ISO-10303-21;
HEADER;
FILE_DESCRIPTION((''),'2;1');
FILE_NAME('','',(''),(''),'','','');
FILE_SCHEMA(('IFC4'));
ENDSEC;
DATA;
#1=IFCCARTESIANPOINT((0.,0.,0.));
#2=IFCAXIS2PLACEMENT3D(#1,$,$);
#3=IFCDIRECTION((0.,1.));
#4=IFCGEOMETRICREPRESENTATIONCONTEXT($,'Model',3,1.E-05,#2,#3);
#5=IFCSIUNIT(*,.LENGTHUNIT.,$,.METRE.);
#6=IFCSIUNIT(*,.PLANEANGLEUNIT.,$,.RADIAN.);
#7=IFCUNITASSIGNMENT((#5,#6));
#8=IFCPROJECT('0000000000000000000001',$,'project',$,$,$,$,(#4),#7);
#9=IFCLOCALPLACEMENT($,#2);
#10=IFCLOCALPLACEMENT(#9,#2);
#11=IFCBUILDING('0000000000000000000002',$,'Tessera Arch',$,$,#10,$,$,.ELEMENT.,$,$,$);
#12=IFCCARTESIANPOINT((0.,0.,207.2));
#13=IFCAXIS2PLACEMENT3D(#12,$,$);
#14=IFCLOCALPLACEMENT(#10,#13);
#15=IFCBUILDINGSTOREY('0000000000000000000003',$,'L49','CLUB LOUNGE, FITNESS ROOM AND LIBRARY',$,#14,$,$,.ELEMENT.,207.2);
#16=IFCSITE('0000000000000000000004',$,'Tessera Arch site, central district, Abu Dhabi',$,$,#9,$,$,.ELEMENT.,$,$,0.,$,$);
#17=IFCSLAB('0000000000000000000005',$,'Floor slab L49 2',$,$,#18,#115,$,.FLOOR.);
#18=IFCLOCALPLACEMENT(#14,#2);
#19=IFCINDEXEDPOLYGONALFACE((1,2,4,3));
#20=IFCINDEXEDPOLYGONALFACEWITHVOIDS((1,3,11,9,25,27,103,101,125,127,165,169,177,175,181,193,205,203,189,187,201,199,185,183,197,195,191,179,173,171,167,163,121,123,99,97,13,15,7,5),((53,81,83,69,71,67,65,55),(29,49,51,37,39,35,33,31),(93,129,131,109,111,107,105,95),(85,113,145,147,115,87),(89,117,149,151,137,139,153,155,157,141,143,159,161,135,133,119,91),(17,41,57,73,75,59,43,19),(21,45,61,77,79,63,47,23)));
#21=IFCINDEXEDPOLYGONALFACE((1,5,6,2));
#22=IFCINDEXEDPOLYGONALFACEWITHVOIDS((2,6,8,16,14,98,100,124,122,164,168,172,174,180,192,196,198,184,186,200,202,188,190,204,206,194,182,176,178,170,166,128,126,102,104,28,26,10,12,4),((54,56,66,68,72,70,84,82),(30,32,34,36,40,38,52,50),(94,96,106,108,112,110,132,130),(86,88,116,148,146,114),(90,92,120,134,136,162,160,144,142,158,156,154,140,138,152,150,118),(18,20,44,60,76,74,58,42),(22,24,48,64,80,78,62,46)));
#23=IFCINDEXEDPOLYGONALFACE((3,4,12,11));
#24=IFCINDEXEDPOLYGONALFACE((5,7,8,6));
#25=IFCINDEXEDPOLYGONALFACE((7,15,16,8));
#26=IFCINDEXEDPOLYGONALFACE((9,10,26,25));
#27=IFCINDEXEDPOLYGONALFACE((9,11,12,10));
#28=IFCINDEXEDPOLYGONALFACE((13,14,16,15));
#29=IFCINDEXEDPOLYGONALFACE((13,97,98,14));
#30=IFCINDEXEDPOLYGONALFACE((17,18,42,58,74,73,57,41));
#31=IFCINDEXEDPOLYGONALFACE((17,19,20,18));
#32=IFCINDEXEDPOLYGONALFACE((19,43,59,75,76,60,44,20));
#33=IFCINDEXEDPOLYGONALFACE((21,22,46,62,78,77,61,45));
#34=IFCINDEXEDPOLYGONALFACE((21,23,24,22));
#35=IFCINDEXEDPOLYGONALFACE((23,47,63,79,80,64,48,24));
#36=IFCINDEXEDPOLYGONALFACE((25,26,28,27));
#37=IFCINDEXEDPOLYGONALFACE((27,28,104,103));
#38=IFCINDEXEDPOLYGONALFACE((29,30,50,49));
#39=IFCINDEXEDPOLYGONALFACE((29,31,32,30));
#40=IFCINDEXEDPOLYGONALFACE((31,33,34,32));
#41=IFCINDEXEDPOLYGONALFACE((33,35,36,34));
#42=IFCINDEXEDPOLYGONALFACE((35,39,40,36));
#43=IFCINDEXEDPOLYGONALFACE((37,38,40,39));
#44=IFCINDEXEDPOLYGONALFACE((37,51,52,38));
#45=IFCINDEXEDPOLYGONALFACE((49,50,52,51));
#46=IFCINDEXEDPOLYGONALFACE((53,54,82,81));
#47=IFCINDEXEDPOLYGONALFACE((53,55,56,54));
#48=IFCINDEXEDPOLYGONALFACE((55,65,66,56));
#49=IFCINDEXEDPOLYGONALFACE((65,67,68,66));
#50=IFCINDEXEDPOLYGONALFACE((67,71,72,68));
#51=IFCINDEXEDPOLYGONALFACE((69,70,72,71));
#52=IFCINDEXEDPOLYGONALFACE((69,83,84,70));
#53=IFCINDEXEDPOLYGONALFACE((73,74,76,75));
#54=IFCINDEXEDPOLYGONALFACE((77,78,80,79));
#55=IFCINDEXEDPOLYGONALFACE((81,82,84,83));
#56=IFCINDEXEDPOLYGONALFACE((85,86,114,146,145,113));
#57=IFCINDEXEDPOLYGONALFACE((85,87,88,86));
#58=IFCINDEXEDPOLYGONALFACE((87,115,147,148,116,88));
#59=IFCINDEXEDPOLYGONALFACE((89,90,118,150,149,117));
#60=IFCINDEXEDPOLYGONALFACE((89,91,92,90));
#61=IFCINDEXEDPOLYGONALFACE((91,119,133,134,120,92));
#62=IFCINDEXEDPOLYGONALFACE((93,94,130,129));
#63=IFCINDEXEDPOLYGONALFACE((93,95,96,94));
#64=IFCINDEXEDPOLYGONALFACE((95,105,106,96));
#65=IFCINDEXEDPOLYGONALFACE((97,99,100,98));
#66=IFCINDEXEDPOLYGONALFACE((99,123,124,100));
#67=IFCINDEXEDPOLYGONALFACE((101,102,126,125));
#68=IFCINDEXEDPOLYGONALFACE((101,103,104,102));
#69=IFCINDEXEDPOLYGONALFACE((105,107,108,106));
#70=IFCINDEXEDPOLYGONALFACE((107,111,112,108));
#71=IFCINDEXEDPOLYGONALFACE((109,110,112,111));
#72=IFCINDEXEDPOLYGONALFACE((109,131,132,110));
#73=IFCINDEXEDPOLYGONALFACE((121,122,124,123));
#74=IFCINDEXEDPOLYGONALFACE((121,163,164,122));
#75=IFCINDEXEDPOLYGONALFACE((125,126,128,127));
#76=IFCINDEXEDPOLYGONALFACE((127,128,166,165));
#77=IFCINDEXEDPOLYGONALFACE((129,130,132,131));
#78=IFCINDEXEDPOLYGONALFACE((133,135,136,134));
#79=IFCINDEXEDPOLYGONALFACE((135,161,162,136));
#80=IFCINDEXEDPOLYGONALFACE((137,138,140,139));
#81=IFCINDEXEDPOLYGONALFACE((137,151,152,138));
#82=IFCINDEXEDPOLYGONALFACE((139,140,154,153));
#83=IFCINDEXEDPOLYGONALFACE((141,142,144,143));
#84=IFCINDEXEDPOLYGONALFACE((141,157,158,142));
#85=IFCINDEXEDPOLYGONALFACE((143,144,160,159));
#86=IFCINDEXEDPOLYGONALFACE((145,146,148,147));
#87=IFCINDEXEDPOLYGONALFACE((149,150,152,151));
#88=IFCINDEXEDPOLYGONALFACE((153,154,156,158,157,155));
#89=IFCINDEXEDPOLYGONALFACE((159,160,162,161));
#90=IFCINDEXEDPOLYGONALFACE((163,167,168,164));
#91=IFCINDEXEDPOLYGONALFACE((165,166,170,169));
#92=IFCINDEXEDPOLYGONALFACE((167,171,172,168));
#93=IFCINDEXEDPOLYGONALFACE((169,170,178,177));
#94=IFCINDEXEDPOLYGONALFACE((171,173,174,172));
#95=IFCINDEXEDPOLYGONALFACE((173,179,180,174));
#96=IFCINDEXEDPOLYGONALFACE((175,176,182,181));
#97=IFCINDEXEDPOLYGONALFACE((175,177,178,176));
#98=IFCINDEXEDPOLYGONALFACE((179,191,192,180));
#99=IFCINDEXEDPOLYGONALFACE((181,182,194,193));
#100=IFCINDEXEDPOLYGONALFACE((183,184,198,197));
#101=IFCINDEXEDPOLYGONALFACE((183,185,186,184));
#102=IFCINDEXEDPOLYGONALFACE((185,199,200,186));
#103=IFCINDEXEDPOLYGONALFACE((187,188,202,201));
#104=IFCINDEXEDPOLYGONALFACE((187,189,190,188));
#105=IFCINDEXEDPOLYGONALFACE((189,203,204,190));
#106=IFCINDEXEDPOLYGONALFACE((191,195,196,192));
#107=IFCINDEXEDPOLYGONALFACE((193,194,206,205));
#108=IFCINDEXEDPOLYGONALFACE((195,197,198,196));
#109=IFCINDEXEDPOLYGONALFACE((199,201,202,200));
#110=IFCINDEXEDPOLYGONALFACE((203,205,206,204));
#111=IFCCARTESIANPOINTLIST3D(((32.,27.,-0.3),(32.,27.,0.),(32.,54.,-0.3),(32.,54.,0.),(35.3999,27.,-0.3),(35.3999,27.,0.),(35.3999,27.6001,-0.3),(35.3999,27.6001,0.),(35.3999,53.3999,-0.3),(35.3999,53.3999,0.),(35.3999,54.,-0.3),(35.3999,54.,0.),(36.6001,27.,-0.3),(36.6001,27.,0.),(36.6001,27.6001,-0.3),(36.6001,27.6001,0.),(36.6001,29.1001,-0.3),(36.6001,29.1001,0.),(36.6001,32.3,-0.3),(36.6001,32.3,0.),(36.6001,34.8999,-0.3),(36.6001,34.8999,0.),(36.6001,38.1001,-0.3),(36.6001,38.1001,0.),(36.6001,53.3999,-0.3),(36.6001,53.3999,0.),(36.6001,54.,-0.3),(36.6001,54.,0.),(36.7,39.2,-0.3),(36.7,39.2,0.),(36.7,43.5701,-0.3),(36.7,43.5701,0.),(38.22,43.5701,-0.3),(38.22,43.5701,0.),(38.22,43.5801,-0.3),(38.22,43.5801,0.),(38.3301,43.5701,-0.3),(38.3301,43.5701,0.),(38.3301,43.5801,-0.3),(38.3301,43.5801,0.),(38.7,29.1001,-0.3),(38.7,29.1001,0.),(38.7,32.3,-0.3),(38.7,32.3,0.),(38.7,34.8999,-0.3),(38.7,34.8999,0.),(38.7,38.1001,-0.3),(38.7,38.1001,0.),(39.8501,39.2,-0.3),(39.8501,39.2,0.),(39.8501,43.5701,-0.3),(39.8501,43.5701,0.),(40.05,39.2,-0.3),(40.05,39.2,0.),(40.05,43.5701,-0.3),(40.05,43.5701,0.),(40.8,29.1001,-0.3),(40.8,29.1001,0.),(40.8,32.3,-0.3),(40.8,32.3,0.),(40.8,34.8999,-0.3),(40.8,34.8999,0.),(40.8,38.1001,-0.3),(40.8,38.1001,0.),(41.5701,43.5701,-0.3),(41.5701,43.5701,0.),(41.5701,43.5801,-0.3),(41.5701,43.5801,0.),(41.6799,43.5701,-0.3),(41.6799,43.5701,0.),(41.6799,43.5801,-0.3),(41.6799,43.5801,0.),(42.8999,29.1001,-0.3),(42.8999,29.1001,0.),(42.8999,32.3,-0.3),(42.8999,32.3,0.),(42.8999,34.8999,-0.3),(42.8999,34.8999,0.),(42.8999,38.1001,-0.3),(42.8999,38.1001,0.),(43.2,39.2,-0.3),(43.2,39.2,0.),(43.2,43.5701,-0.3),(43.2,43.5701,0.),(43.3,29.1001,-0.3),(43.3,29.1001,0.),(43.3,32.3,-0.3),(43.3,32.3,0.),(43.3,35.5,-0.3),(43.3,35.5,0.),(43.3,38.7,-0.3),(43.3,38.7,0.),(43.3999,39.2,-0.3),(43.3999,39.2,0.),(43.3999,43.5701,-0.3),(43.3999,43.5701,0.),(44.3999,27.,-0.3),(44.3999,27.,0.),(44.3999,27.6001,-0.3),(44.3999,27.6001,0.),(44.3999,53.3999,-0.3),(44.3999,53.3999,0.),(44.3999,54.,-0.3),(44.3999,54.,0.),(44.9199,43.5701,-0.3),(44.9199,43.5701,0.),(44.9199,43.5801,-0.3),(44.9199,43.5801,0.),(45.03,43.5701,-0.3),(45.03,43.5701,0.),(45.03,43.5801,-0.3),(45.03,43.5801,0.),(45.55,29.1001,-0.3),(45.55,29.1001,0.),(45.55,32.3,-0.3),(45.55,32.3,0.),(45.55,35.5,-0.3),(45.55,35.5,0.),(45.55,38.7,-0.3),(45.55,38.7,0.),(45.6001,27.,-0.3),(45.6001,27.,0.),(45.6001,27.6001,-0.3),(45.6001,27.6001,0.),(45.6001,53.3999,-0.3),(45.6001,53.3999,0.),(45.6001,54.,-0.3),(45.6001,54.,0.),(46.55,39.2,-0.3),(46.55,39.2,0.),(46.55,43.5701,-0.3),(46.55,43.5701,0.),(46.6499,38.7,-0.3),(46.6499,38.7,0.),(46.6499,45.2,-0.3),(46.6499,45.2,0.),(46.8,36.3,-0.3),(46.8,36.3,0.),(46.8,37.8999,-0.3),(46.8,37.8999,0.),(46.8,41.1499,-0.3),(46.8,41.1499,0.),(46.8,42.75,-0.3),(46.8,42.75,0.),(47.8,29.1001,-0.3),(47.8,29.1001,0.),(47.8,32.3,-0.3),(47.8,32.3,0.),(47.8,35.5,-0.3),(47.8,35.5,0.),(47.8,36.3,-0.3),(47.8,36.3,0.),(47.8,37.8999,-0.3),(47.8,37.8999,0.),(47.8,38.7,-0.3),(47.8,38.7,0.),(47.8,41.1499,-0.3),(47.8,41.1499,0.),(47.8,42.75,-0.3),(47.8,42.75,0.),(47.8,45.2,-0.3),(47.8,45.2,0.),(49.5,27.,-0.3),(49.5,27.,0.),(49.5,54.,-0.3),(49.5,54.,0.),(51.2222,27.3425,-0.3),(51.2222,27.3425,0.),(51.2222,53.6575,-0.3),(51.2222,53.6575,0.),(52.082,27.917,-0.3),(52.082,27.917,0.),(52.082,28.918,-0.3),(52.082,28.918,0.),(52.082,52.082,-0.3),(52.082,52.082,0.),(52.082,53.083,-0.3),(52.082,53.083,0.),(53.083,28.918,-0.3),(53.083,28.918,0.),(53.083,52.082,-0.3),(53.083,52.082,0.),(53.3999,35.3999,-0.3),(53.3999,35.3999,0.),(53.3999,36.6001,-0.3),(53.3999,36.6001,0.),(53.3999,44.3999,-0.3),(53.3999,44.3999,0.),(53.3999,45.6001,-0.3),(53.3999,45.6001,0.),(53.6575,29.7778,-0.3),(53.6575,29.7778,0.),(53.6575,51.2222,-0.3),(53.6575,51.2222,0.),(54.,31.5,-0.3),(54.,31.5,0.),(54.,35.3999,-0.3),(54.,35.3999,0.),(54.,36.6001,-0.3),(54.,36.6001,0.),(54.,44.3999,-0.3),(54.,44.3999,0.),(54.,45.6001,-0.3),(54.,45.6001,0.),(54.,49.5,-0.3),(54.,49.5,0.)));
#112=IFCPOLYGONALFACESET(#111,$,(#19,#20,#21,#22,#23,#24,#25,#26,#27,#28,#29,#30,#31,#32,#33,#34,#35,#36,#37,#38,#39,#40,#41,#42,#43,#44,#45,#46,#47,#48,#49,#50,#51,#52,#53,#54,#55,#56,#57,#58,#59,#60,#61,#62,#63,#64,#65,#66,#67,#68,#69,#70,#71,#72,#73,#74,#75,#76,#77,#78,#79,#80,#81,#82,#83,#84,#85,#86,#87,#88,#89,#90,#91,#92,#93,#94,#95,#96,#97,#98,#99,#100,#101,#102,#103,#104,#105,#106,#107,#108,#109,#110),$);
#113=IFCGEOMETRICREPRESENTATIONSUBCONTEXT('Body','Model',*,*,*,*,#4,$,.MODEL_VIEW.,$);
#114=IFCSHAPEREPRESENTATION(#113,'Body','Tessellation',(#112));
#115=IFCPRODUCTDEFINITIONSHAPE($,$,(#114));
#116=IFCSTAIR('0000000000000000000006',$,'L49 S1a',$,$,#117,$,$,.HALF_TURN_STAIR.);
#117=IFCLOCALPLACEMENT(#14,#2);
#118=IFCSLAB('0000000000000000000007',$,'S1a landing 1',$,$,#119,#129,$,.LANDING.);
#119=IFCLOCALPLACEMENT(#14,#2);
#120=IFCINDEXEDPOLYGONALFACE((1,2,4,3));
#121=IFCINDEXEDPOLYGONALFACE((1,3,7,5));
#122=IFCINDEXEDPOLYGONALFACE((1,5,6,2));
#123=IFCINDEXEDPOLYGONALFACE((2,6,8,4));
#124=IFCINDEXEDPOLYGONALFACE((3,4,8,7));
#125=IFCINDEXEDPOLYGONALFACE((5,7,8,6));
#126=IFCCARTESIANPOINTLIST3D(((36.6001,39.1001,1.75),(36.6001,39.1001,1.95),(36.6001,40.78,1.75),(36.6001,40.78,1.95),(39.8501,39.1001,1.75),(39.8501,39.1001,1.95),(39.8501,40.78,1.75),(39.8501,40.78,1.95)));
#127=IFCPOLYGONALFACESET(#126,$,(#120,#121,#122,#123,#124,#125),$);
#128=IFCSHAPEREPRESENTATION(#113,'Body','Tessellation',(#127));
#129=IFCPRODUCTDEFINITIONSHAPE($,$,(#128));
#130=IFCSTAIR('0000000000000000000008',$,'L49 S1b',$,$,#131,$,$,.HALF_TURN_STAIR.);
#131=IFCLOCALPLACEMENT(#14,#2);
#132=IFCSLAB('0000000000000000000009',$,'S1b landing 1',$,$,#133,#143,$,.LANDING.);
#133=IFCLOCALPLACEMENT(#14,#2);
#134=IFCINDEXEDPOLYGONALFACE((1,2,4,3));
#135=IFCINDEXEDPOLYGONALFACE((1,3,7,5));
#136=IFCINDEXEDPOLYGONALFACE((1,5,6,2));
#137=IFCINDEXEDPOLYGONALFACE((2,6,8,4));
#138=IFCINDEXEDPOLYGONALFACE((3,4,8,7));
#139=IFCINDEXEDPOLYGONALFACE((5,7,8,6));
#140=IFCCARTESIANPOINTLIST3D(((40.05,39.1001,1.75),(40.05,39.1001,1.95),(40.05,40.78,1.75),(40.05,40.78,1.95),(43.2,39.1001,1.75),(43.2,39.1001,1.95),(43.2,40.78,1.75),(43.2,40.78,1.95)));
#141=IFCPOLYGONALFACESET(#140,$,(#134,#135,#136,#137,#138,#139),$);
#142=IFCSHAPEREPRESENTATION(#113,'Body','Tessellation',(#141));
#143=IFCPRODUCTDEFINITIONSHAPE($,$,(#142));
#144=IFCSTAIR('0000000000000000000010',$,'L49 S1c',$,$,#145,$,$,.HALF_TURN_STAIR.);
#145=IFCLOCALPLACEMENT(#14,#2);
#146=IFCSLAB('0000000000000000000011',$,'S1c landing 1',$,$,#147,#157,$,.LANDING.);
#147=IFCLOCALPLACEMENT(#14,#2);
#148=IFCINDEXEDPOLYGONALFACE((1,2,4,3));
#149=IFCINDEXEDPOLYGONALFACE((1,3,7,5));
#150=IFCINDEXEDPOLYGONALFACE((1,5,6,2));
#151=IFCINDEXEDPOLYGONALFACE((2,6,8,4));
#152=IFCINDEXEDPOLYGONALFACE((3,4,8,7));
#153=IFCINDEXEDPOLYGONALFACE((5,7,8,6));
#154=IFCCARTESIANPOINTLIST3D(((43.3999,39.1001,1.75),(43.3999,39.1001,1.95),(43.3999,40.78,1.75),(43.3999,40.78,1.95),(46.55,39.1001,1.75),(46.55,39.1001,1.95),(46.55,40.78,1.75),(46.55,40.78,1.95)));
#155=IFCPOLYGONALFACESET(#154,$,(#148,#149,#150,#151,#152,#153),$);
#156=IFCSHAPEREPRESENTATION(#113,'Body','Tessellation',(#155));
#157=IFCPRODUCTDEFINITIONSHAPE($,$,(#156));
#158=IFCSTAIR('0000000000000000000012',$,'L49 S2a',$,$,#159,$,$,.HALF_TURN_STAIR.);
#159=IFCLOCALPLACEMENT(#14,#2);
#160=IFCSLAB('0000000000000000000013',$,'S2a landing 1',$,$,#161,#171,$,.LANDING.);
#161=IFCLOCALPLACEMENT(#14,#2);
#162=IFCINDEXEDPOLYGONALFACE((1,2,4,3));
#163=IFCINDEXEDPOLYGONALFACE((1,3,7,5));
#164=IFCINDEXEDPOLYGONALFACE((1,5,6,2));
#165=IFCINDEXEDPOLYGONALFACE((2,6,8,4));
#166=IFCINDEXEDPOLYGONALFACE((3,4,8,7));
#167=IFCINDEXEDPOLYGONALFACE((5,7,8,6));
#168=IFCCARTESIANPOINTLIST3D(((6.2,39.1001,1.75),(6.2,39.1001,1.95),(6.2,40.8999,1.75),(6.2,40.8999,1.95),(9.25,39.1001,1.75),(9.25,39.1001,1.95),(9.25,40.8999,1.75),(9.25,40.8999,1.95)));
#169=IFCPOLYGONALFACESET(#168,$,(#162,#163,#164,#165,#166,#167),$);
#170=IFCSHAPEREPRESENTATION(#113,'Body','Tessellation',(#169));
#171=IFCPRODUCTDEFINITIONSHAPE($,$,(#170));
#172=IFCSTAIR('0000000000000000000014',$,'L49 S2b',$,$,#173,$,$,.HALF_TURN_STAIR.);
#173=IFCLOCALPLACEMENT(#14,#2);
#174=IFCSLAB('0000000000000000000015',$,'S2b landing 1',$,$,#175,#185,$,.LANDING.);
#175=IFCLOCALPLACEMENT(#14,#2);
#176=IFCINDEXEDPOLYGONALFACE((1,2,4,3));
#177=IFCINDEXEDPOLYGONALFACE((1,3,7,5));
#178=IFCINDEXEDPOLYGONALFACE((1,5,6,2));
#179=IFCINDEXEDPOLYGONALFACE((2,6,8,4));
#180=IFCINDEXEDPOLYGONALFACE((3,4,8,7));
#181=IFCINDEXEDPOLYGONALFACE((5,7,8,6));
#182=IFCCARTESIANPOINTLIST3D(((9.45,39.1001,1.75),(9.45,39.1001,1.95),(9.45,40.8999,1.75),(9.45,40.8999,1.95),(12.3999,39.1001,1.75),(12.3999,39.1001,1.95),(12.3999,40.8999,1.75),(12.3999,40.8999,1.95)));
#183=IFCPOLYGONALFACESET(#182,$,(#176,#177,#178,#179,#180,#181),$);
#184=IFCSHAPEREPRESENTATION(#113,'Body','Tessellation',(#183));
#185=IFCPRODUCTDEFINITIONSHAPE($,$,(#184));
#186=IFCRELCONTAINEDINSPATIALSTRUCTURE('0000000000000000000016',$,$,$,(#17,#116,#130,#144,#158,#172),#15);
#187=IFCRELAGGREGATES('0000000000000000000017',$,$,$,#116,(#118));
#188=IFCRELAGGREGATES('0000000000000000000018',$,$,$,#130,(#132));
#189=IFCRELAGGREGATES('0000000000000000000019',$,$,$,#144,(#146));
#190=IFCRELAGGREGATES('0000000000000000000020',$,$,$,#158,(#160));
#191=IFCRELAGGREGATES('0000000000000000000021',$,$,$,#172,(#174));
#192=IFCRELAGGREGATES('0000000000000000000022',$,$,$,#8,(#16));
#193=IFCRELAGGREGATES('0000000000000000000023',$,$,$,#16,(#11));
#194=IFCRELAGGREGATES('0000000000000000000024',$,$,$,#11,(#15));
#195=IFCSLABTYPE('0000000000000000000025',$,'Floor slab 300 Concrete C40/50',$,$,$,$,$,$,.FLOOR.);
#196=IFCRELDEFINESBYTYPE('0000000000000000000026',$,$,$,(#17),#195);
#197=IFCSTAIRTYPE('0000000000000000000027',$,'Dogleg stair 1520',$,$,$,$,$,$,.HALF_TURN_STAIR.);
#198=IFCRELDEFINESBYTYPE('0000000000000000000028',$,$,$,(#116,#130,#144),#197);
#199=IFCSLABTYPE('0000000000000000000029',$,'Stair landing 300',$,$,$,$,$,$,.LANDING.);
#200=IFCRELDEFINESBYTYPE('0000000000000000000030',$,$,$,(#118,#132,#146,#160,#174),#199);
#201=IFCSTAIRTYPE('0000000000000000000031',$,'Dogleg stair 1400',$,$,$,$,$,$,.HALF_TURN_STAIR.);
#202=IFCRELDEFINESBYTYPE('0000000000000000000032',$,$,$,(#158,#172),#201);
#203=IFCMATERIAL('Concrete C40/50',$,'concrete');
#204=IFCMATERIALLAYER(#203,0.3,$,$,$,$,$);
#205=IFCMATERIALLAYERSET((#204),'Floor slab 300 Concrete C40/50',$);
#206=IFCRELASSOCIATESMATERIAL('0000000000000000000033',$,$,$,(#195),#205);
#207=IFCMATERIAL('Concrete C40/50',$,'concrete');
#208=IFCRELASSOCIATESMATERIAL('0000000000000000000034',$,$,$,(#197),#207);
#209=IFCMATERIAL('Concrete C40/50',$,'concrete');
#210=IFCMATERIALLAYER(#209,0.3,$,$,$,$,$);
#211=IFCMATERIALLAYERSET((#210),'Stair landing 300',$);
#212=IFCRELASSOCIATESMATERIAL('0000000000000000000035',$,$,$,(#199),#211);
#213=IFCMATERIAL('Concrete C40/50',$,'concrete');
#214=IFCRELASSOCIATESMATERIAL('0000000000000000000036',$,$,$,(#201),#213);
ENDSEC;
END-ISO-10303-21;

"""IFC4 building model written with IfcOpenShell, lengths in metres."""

from ifc_helpers import new_model, si_unit, direction, frame, origin, place, context, subcontext, project, spatial, polyline, outline, extrude, material, layer, layer_set, type_object, element, aggregate, save


model = new_model("IFC4")

# Units and contexts
model_context = context("Model", 3, precision=1e-05, world=origin(), true_north=direction((0.0, 1.0)))
body_context = subcontext(model_context, "Body", "Model", "MODEL_VIEW")
ifc_project = project(units=[si_unit("LENGTHUNIT", "METRE"), si_unit("PLANEANGLEUNIT", "RADIAN")], contexts=[model_context])

# Site, building, storey
site_placement = place(None, origin())
site = spatial("IfcSite", under=ifc_project, at=site_placement, Name="Tessera Arch site, central district, Abu Dhabi", CompositionType="ELEMENT", RefElevation=0.0)
building_placement = place(site_placement, origin())
building = spatial("IfcBuilding", under=site, at=building_placement, Name="Tessera Arch", CompositionType="ELEMENT")
storey_placement = place(building_placement, frame((0.0, 0.0, 207.2)))
storey = spatial("IfcBuildingStorey", under=building, at=storey_placement, Name="L49", Description="CLUB LOUNGE, FITNESS ROOM AND LIBRARY", CompositionType="ELEMENT", Elevation=207.2)

# Slab
ifc_material_1 = material(Name="Concrete C40/50", Category="concrete")
ifc_layer_1 = layer(ifc_material_1, 0.3)
ifc_layer_set_1 = layer_set([ifc_layer_1], Name="Floor slab 300 Concrete C40/50")
slab_type_1 = type_object("IfcSlabType", Name="Floor slab 300 Concrete C40/50", PredefinedType="FLOOR", material=ifc_layer_set_1)
slab_1_placement = place(storey_placement, frame((0.0, 0.0, -0.3)))
element("IfcSlab", 1, at=slab_1_placement, inside=storey, type_object=slab_type_1, Name="Floor slab L49 2", PredefinedType="FLOOR", context=body_context, shape_type="SweptSolid", body=[
    extrude(outline(polyline([(51.2222, 53.6575), (52.082, 53.083), (52.082, 52.082), (53.083, 52.082), (53.6575, 51.2222), (54.0, 49.5), (54.0, 45.6001), (53.3999, 45.6001), (53.3999, 44.3999), (54.0, 44.3999), (54.0, 36.6001), (53.3999, 36.6001), (53.3999, 35.3999), (54.0, 35.3999), (54.0, 31.5), (53.6575, 29.7778), (53.083, 28.918), (52.082, 28.918), (52.082, 27.917), (51.2222, 27.3425), (49.5, 27.0), (45.6001, 27.0), (45.6001, 27.6001), (44.3999, 27.6001), (44.3999, 27.0), (36.6001, 27.0), (36.6001, 27.6001), (35.3999, 27.6001), (35.3999, 27.0), (32.0, 27.0), (32.0, 54.0), (35.3999, 54.0), (35.3999, 53.3999), (36.6001, 53.3999), (36.6001, 54.0), (44.3999, 54.0), (44.3999, 53.3999), (45.6001, 53.3999), (45.6001, 54.0), (49.5, 54.0), (51.2222, 53.6575)]), holes=[polyline([(36.6001, 29.1001), (38.7, 29.1001), (40.8, 29.1001), (42.8999, 29.1001), (42.8999, 32.3), (40.8, 32.3), (38.7, 32.3), (36.6001, 32.3), (36.6001, 29.1001)]), polyline([(47.8, 32.3), (45.55, 32.3), (43.3, 32.3), (43.3, 29.1001), (45.55, 29.1001), (47.8, 29.1001), (47.8, 32.3)]), polyline([(42.8999, 34.8999), (42.8999, 38.1001), (40.8, 38.1001), (38.7, 38.1001), (36.6001, 38.1001), (36.6001, 34.8999), (38.7, 34.8999), (40.8, 34.8999), (42.8999, 34.8999)]), polyline([(47.8, 41.1499), (46.8, 41.1499), (46.8, 42.75), (47.8, 42.75), (47.8, 45.2), (46.6499, 45.2), (46.6499, 38.7), (45.55, 38.7), (43.3, 38.7), (43.3, 35.5), (45.55, 35.5), (47.8, 35.5), (47.8, 36.3), (46.8, 36.3), (46.8, 37.8999), (47.8, 37.8999), (47.8, 38.7), (47.8, 41.1499)]), polyline([(36.7, 43.5701), (36.7, 39.2), (39.8501, 39.2), (39.8501, 43.5701), (38.3301, 43.5701), (38.3301, 43.5801), (38.22, 43.5801), (38.22, 43.5701), (36.7, 43.5701)]), polyline([(40.05, 39.2), (43.2, 39.2), (43.2, 43.5701), (41.6799, 43.5701), (41.6799, 43.5801), (41.5701, 43.5801), (41.5701, 43.5701), (40.05, 43.5701), (40.05, 39.2)]), polyline([(43.3999, 43.5701), (43.3999, 39.2), (46.55, 39.2), (46.55, 43.5701), (45.03, 43.5701), (45.03, 43.5801), (44.9199, 43.5801), (44.9199, 43.5701), (43.3999, 43.5701)])]), origin(), (0.0, 0.0, 1.0), 0.3),
])

# Stairs, slabs
ifc_material_2 = material(Name="Concrete C40/50", Category="concrete")
stair_type_1 = type_object("IfcStairType", Name="Dogleg stair 1520", PredefinedType="HALF_TURN_STAIR", material=ifc_material_2)
stair_1_placement = place(storey_placement, origin())
stair_1 = element("IfcStair", 2, at=stair_1_placement, inside=storey, type_object=stair_type_1, Name="L49 S1a", PredefinedType="HALF_TURN_STAIR")
ifc_material_3 = material(Name="Concrete C40/50", Category="concrete")
ifc_layer_2 = layer(ifc_material_3, 0.3)
ifc_layer_set_2 = layer_set([ifc_layer_2], Name="Stair landing 300")
slab_type_2 = type_object("IfcSlabType", Name="Stair landing 300", PredefinedType="LANDING", material=ifc_layer_set_2)
slab_2_placement = place(storey_placement, frame((0.0, 0.0, 1.75)))
slab_2 = element("IfcSlab", 3, at=slab_2_placement, type_object=slab_type_2, Name="S1a landing 1", PredefinedType="LANDING", context=body_context, shape_type="SweptSolid", body=[
    extrude(outline(polyline([(36.6001, 40.78), (36.6001, 39.1001), (39.8501, 39.1001), (39.8501, 40.78), (36.6001, 40.78)])), origin(), (0.0, 0.0, 1.0), 0.2),
])
aggregate(stair_1, [slab_2])
stair_2_placement = place(storey_placement, origin())
stair_2 = element("IfcStair", 4, at=stair_2_placement, inside=storey, type_object=stair_type_1, Name="L49 S1b", PredefinedType="HALF_TURN_STAIR")
slab_3_placement = place(storey_placement, frame((0.0, 0.0, 1.75)))
slab_3 = element("IfcSlab", 5, at=slab_3_placement, type_object=slab_type_2, Name="S1b landing 1", PredefinedType="LANDING", context=body_context, shape_type="SweptSolid", body=[
    extrude(outline(polyline([(40.05, 40.78), (40.05, 39.1001), (43.2, 39.1001), (43.2, 40.78), (40.05, 40.78)])), origin(), (0.0, 0.0, 1.0), 0.2),
])
aggregate(stair_2, [slab_3])
stair_3_placement = place(storey_placement, origin())
stair_3 = element("IfcStair", 6, at=stair_3_placement, inside=storey, type_object=stair_type_1, Name="L49 S1c", PredefinedType="HALF_TURN_STAIR")
slab_4_placement = place(storey_placement, frame((0.0, 0.0, 1.75)))
slab_4 = element("IfcSlab", 7, at=slab_4_placement, type_object=slab_type_2, Name="S1c landing 1", PredefinedType="LANDING", context=body_context, shape_type="SweptSolid", body=[
    extrude(outline(polyline([(43.3999, 40.78), (43.3999, 39.1001), (46.55, 39.1001), (46.55, 40.78), (43.3999, 40.78)])), origin(), (0.0, 0.0, 1.0), 0.2),
])
aggregate(stair_3, [slab_4])
ifc_material_4 = material(Name="Concrete C40/50", Category="concrete")
stair_type_2 = type_object("IfcStairType", Name="Dogleg stair 1400", PredefinedType="HALF_TURN_STAIR", material=ifc_material_4)
stair_4_placement = place(storey_placement, origin())
stair_4 = element("IfcStair", 8, at=stair_4_placement, inside=storey, type_object=stair_type_2, Name="L49 S2a", PredefinedType="HALF_TURN_STAIR")
slab_5_placement = place(storey_placement, frame((0.0, 0.0, 1.75)))
slab_5 = element("IfcSlab", 9, at=slab_5_placement, type_object=slab_type_2, Name="S2a landing 1", PredefinedType="LANDING", context=body_context, shape_type="SweptSolid", body=[
    extrude(outline(polyline([(6.2, 40.8999), (6.2, 39.1001), (9.25, 39.1001), (9.25, 40.8999), (6.2, 40.8999)])), origin(), (0.0, 0.0, 1.0), 0.2),
])
aggregate(stair_4, [slab_5])
stair_5_placement = place(storey_placement, origin())
stair_5 = element("IfcStair", 10, at=stair_5_placement, inside=storey, type_object=stair_type_2, Name="L49 S2b", PredefinedType="HALF_TURN_STAIR")
slab_6_placement = place(storey_placement, frame((0.0, 0.0, 1.75)))
slab_6 = element("IfcSlab", 11, at=slab_6_placement, type_object=slab_type_2, Name="S2b landing 1", PredefinedType="LANDING", context=body_context, shape_type="SweptSolid", body=[
    extrude(outline(polyline([(9.45, 40.8999), (9.45, 39.1001), (12.3999, 39.1001), (12.3999, 40.8999), (9.45, 40.8999)])), origin(), (0.0, 0.0, 1.0), 0.2),
])
aggregate(stair_5, [slab_6])

save(model, "model.ifc")
